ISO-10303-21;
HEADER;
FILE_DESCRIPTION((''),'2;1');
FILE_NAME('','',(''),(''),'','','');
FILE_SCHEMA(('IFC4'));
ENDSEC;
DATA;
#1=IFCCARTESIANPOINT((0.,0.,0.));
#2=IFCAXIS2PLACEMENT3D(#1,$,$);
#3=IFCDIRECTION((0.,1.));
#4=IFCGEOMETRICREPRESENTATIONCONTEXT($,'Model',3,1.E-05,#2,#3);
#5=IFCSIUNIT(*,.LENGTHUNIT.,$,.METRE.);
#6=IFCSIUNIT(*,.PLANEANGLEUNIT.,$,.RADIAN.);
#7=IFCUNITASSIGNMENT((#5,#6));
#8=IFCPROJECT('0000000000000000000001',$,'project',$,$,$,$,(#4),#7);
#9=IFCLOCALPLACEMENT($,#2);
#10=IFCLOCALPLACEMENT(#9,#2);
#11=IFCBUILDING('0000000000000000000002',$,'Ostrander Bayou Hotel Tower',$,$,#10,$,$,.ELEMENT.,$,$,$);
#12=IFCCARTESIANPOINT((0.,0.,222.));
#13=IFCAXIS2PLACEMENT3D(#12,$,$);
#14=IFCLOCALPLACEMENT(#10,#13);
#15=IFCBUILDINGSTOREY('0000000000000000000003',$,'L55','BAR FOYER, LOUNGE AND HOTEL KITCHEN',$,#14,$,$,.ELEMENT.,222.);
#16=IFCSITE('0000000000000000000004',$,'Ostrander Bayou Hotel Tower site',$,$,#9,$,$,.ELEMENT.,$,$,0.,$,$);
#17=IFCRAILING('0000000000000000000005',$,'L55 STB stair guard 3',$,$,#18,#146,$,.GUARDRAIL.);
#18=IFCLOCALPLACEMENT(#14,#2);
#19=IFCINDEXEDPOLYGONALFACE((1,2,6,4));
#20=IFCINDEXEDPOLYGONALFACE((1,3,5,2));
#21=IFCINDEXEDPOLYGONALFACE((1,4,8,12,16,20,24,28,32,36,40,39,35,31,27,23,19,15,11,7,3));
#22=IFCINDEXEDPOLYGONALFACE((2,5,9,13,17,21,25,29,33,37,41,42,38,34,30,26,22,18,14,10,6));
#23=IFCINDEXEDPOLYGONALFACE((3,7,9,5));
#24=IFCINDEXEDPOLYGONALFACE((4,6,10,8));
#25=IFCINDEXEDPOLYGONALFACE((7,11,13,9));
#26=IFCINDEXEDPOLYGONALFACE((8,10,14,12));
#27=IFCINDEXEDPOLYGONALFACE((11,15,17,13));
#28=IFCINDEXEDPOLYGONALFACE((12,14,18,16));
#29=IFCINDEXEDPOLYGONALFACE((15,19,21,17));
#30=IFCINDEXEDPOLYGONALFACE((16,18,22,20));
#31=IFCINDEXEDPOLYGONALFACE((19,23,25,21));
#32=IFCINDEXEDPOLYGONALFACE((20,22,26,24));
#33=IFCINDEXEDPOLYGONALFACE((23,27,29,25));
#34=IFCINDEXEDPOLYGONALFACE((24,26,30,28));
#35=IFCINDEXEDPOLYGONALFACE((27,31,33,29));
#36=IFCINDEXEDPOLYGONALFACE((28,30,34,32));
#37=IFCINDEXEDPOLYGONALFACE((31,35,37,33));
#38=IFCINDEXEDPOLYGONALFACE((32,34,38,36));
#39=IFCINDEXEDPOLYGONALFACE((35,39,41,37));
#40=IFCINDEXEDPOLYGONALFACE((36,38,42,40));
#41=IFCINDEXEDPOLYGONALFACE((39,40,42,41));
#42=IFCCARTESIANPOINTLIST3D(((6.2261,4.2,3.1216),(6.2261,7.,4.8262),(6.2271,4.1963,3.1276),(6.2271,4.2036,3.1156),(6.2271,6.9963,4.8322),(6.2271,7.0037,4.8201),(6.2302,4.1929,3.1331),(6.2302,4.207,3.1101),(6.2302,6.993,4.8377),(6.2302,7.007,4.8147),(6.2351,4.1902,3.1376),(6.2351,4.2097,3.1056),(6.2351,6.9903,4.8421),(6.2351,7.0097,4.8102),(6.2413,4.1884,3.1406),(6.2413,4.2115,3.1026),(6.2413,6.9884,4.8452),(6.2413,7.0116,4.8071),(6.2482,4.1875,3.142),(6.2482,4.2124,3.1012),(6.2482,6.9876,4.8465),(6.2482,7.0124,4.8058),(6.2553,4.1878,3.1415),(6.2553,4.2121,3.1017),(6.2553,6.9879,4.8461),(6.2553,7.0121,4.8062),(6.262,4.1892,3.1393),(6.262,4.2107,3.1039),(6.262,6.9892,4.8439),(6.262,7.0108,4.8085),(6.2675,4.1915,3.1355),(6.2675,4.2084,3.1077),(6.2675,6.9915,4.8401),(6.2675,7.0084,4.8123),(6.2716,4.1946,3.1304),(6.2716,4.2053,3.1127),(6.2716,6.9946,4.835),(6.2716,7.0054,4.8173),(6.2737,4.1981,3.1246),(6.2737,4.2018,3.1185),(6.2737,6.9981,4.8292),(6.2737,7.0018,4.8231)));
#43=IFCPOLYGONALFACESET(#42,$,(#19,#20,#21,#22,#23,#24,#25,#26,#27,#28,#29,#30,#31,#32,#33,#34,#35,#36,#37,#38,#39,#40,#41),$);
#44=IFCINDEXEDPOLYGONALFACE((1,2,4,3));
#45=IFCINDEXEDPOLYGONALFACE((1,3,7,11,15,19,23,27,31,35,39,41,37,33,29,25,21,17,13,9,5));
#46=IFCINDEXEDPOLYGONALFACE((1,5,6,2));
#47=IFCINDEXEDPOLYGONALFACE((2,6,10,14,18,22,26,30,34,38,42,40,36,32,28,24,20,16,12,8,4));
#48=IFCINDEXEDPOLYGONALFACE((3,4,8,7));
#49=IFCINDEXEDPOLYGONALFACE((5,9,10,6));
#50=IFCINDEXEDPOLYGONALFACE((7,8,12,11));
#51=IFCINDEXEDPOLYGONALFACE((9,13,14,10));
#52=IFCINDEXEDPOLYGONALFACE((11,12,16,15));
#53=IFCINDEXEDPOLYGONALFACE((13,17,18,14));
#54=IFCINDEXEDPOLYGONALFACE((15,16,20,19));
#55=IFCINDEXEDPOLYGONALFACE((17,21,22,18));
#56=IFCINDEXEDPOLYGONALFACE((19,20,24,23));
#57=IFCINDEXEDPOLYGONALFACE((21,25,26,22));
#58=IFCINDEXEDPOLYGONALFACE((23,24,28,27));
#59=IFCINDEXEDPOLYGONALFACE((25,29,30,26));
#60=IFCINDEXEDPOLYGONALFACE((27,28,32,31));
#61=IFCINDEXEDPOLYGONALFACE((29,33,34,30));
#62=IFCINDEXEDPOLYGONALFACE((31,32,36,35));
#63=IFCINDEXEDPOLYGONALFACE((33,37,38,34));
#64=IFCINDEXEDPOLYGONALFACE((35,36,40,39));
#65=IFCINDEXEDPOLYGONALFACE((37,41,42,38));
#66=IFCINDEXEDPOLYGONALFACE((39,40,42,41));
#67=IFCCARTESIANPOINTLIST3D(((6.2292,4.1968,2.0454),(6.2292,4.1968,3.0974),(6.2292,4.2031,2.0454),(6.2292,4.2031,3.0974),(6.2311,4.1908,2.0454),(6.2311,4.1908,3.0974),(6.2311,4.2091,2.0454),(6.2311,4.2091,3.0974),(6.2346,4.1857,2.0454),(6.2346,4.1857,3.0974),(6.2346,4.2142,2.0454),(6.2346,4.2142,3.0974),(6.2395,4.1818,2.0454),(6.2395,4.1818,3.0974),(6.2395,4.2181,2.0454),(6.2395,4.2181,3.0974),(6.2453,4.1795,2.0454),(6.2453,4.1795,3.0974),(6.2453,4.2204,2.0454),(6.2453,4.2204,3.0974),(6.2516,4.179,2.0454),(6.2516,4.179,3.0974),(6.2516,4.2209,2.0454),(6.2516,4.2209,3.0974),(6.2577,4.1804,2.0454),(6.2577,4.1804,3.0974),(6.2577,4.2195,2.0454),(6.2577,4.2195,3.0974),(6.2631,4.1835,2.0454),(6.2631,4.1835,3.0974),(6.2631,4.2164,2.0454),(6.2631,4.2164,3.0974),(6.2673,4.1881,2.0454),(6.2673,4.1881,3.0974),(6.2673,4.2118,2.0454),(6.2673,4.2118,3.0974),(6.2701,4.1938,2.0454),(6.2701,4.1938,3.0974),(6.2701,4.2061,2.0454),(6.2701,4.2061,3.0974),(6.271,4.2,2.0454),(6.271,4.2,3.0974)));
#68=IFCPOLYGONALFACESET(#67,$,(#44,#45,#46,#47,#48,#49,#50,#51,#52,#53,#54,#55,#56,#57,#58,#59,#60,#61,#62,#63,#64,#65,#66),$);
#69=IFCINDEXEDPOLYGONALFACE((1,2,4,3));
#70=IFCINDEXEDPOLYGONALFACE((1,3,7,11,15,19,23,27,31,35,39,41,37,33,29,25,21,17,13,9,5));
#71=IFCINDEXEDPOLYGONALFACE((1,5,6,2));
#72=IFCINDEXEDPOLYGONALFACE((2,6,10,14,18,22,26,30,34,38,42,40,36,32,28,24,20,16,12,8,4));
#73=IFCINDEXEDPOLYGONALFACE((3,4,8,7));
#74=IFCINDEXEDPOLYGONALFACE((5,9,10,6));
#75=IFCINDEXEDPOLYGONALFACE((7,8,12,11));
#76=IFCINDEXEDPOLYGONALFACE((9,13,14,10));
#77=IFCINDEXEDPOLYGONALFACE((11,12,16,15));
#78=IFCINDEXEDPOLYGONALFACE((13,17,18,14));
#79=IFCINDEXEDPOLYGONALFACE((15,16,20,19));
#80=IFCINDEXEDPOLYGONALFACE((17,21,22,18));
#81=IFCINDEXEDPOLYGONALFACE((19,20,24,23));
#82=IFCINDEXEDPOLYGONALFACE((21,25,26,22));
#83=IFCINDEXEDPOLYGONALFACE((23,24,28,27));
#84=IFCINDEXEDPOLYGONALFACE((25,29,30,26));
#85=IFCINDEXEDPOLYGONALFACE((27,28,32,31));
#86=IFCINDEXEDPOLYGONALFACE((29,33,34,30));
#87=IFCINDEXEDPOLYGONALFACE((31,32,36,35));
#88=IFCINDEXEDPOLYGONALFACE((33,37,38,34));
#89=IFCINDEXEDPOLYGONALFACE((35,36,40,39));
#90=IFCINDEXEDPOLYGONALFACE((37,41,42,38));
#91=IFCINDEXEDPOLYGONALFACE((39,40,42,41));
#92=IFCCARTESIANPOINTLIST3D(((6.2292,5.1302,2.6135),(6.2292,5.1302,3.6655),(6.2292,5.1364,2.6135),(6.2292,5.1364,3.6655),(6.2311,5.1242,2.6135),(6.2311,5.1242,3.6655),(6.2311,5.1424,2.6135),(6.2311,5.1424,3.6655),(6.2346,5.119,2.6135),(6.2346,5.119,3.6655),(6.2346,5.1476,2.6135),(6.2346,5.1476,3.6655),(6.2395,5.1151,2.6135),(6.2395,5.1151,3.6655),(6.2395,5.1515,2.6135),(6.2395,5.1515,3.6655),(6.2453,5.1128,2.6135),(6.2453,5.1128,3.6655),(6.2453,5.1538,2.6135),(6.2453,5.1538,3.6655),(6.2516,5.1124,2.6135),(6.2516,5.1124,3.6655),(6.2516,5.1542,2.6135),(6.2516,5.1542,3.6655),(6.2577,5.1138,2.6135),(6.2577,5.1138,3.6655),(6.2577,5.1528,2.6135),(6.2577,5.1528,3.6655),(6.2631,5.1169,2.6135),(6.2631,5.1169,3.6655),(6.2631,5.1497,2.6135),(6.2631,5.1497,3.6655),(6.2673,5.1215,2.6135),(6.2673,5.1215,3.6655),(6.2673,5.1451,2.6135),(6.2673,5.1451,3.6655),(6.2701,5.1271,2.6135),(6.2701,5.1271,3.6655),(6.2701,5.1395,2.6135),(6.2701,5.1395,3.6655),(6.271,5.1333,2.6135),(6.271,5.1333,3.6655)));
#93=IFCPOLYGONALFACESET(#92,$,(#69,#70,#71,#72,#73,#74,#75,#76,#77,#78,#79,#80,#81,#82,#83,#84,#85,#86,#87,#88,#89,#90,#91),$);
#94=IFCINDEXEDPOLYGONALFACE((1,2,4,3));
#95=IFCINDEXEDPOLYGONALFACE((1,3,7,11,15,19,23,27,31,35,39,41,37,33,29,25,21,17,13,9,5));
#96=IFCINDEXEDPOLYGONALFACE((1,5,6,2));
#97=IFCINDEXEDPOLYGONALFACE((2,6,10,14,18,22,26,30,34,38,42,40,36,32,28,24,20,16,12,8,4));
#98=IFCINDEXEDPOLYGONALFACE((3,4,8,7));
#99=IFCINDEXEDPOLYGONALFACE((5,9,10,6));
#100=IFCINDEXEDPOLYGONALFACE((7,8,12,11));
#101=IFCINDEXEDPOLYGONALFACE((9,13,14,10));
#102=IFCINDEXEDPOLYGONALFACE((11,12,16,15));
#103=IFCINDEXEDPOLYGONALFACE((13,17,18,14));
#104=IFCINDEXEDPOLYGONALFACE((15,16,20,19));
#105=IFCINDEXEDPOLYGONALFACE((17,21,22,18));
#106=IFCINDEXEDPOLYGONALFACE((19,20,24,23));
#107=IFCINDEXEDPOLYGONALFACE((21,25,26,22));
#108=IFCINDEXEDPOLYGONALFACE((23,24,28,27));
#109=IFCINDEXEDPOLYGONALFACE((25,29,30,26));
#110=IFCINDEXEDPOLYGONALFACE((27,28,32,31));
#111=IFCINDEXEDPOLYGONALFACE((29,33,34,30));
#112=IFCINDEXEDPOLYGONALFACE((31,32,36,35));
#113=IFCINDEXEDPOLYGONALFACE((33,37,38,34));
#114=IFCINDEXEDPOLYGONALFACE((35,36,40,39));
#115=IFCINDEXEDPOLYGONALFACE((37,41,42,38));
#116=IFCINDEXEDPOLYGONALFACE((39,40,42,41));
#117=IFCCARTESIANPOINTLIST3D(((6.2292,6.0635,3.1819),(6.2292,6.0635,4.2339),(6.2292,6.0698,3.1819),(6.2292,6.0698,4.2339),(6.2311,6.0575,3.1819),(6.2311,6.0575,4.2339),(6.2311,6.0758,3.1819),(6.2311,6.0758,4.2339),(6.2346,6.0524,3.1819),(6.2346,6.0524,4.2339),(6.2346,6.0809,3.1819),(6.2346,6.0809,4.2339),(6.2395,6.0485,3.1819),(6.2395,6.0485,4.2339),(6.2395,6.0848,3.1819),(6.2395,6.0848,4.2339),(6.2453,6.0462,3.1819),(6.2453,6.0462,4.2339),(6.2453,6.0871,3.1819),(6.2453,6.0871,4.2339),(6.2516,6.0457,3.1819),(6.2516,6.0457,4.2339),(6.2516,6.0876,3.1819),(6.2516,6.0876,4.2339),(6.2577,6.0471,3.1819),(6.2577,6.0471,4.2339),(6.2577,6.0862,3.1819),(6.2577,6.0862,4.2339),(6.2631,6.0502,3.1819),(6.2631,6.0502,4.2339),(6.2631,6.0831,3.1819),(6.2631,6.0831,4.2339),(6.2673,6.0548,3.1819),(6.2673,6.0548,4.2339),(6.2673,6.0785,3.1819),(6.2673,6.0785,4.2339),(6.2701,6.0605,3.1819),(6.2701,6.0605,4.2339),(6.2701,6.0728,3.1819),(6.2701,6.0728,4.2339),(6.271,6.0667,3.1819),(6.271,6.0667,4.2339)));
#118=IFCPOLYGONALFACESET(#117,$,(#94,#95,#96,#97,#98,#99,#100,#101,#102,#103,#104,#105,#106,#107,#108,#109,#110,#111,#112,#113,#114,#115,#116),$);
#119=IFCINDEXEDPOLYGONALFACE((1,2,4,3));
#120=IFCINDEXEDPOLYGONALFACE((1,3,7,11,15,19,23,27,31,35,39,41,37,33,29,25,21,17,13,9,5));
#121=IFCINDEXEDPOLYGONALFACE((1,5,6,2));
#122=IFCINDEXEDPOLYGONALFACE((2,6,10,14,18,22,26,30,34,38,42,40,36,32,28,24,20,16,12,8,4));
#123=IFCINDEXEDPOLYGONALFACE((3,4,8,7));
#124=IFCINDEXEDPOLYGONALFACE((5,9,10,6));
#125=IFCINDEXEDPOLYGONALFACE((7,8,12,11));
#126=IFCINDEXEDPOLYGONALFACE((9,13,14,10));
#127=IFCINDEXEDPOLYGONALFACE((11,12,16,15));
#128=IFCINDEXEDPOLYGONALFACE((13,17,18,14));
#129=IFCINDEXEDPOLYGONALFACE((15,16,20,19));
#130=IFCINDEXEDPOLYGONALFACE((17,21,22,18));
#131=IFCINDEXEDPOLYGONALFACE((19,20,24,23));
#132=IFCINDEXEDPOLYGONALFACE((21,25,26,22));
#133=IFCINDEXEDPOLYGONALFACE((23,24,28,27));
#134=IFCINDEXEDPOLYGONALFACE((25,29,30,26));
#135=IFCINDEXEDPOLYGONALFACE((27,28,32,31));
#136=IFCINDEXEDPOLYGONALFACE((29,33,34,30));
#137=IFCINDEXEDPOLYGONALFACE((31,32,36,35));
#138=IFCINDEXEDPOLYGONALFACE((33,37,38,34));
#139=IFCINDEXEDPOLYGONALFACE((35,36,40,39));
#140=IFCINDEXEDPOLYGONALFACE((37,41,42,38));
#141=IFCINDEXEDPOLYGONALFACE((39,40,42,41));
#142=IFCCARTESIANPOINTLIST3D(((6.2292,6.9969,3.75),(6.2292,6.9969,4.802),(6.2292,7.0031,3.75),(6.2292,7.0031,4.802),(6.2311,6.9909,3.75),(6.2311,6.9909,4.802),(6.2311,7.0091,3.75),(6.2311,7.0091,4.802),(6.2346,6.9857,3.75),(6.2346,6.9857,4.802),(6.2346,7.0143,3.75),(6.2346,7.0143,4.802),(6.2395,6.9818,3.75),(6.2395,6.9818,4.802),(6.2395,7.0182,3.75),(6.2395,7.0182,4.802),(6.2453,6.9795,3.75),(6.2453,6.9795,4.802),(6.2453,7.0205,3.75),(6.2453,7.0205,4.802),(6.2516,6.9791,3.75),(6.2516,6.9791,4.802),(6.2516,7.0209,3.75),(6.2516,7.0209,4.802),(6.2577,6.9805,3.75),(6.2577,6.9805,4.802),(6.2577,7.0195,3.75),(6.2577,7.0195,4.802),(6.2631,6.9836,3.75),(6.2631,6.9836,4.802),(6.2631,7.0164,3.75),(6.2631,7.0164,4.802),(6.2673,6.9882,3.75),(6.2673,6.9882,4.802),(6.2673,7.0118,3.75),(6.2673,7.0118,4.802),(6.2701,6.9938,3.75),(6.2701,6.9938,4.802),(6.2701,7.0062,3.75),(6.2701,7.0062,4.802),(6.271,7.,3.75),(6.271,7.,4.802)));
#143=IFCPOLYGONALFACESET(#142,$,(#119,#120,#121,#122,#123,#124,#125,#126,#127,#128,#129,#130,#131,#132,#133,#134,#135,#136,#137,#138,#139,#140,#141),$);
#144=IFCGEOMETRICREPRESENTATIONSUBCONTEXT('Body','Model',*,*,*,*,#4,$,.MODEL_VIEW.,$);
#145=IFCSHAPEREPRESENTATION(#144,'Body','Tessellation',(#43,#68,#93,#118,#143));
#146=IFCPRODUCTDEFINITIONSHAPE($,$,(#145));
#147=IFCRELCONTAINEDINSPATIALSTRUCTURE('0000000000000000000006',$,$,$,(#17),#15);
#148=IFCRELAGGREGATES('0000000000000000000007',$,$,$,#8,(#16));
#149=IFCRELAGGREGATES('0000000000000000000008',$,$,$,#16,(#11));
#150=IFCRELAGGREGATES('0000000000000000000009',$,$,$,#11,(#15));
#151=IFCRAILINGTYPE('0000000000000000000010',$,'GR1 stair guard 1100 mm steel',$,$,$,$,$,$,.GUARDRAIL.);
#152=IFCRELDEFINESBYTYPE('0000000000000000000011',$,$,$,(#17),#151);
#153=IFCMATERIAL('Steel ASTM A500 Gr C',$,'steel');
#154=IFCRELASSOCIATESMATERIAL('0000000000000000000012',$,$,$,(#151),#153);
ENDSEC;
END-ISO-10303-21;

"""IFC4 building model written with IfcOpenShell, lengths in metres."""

from ifc_helpers import new_model, si_unit, direction, frame, origin, origin_2d, place, context, subcontext, project, spatial, circle, extrude, material, type_object, element, save


model = new_model("IFC4")

# Units and contexts
model_context = context("Model", 3, precision=1e-05, world=origin(), true_north=direction((0.0, 1.0)))
body_context = subcontext(model_context, "Body", "Model", "MODEL_VIEW")
ifc_project = project(units=[si_unit("LENGTHUNIT", "METRE"), si_unit("PLANEANGLEUNIT", "RADIAN")], contexts=[model_context])

# Site, building, storey
site_placement = place(None, origin())
site = spatial("IfcSite", under=ifc_project, at=site_placement, Name="Ostrander Bayou Hotel Tower site", CompositionType="ELEMENT", RefElevation=0.0)
building_placement = place(site_placement, origin())
building = spatial("IfcBuilding", under=site, at=building_placement, Name="Ostrander Bayou Hotel Tower", CompositionType="ELEMENT")
storey_placement = place(building_placement, frame((0.0, 0.0, 222.0)))
storey = spatial("IfcBuildingStorey", under=building, at=storey_placement, Name="L55", Description="BAR FOYER, LOUNGE AND HOTEL KITCHEN", CompositionType="ELEMENT", Elevation=222.0)

# Railing
ifc_material_1 = material(Name="Steel ASTM A500 Gr C", Category="steel")
railing_type = type_object("IfcRailingType", Name="GR1 stair guard 1100 mm steel", PredefinedType="GUARDRAIL", material=ifc_material_1)
railing_1_placement = place(storey_placement, frame((6.25, 4.2, 2.0454)))
element("IfcRailing", 1, at=railing_1_placement, inside=storey, type_object=railing_type, Name="L55 STB stair guard 3", PredefinedType="GUARDRAIL", context=body_context, shape_type="SweptSolid", body=[
    extrude(circle(Radius=0.0239, at=origin_2d()), frame((0.0, 0.0, 1.0762), z_axis=(0.0, 0.85417, 0.519994), x_axis=(-1.0, 0.0, 0.0)), (0.0, 0.0, 1.0), 3.2781),
    extrude(circle(Radius=0.021, at=origin_2d()), origin(), (0.0, 0.0, 1.0), 1.052),
    extrude(circle(Radius=0.021, at=origin_2d()), frame((0.0, 0.9333, 0.5681)), (0.0, 0.0, 1.0), 1.052),
    extrude(circle(Radius=0.021, at=origin_2d()), frame((0.0, 1.8667, 1.1365)), (0.0, 0.0, 1.0), 1.052),
    extrude(circle(Radius=0.021, at=origin_2d()), frame((0.0, 2.8, 1.7046)), (0.0, 0.0, 1.0), 1.052),
])

save(model, "model.ifc")
